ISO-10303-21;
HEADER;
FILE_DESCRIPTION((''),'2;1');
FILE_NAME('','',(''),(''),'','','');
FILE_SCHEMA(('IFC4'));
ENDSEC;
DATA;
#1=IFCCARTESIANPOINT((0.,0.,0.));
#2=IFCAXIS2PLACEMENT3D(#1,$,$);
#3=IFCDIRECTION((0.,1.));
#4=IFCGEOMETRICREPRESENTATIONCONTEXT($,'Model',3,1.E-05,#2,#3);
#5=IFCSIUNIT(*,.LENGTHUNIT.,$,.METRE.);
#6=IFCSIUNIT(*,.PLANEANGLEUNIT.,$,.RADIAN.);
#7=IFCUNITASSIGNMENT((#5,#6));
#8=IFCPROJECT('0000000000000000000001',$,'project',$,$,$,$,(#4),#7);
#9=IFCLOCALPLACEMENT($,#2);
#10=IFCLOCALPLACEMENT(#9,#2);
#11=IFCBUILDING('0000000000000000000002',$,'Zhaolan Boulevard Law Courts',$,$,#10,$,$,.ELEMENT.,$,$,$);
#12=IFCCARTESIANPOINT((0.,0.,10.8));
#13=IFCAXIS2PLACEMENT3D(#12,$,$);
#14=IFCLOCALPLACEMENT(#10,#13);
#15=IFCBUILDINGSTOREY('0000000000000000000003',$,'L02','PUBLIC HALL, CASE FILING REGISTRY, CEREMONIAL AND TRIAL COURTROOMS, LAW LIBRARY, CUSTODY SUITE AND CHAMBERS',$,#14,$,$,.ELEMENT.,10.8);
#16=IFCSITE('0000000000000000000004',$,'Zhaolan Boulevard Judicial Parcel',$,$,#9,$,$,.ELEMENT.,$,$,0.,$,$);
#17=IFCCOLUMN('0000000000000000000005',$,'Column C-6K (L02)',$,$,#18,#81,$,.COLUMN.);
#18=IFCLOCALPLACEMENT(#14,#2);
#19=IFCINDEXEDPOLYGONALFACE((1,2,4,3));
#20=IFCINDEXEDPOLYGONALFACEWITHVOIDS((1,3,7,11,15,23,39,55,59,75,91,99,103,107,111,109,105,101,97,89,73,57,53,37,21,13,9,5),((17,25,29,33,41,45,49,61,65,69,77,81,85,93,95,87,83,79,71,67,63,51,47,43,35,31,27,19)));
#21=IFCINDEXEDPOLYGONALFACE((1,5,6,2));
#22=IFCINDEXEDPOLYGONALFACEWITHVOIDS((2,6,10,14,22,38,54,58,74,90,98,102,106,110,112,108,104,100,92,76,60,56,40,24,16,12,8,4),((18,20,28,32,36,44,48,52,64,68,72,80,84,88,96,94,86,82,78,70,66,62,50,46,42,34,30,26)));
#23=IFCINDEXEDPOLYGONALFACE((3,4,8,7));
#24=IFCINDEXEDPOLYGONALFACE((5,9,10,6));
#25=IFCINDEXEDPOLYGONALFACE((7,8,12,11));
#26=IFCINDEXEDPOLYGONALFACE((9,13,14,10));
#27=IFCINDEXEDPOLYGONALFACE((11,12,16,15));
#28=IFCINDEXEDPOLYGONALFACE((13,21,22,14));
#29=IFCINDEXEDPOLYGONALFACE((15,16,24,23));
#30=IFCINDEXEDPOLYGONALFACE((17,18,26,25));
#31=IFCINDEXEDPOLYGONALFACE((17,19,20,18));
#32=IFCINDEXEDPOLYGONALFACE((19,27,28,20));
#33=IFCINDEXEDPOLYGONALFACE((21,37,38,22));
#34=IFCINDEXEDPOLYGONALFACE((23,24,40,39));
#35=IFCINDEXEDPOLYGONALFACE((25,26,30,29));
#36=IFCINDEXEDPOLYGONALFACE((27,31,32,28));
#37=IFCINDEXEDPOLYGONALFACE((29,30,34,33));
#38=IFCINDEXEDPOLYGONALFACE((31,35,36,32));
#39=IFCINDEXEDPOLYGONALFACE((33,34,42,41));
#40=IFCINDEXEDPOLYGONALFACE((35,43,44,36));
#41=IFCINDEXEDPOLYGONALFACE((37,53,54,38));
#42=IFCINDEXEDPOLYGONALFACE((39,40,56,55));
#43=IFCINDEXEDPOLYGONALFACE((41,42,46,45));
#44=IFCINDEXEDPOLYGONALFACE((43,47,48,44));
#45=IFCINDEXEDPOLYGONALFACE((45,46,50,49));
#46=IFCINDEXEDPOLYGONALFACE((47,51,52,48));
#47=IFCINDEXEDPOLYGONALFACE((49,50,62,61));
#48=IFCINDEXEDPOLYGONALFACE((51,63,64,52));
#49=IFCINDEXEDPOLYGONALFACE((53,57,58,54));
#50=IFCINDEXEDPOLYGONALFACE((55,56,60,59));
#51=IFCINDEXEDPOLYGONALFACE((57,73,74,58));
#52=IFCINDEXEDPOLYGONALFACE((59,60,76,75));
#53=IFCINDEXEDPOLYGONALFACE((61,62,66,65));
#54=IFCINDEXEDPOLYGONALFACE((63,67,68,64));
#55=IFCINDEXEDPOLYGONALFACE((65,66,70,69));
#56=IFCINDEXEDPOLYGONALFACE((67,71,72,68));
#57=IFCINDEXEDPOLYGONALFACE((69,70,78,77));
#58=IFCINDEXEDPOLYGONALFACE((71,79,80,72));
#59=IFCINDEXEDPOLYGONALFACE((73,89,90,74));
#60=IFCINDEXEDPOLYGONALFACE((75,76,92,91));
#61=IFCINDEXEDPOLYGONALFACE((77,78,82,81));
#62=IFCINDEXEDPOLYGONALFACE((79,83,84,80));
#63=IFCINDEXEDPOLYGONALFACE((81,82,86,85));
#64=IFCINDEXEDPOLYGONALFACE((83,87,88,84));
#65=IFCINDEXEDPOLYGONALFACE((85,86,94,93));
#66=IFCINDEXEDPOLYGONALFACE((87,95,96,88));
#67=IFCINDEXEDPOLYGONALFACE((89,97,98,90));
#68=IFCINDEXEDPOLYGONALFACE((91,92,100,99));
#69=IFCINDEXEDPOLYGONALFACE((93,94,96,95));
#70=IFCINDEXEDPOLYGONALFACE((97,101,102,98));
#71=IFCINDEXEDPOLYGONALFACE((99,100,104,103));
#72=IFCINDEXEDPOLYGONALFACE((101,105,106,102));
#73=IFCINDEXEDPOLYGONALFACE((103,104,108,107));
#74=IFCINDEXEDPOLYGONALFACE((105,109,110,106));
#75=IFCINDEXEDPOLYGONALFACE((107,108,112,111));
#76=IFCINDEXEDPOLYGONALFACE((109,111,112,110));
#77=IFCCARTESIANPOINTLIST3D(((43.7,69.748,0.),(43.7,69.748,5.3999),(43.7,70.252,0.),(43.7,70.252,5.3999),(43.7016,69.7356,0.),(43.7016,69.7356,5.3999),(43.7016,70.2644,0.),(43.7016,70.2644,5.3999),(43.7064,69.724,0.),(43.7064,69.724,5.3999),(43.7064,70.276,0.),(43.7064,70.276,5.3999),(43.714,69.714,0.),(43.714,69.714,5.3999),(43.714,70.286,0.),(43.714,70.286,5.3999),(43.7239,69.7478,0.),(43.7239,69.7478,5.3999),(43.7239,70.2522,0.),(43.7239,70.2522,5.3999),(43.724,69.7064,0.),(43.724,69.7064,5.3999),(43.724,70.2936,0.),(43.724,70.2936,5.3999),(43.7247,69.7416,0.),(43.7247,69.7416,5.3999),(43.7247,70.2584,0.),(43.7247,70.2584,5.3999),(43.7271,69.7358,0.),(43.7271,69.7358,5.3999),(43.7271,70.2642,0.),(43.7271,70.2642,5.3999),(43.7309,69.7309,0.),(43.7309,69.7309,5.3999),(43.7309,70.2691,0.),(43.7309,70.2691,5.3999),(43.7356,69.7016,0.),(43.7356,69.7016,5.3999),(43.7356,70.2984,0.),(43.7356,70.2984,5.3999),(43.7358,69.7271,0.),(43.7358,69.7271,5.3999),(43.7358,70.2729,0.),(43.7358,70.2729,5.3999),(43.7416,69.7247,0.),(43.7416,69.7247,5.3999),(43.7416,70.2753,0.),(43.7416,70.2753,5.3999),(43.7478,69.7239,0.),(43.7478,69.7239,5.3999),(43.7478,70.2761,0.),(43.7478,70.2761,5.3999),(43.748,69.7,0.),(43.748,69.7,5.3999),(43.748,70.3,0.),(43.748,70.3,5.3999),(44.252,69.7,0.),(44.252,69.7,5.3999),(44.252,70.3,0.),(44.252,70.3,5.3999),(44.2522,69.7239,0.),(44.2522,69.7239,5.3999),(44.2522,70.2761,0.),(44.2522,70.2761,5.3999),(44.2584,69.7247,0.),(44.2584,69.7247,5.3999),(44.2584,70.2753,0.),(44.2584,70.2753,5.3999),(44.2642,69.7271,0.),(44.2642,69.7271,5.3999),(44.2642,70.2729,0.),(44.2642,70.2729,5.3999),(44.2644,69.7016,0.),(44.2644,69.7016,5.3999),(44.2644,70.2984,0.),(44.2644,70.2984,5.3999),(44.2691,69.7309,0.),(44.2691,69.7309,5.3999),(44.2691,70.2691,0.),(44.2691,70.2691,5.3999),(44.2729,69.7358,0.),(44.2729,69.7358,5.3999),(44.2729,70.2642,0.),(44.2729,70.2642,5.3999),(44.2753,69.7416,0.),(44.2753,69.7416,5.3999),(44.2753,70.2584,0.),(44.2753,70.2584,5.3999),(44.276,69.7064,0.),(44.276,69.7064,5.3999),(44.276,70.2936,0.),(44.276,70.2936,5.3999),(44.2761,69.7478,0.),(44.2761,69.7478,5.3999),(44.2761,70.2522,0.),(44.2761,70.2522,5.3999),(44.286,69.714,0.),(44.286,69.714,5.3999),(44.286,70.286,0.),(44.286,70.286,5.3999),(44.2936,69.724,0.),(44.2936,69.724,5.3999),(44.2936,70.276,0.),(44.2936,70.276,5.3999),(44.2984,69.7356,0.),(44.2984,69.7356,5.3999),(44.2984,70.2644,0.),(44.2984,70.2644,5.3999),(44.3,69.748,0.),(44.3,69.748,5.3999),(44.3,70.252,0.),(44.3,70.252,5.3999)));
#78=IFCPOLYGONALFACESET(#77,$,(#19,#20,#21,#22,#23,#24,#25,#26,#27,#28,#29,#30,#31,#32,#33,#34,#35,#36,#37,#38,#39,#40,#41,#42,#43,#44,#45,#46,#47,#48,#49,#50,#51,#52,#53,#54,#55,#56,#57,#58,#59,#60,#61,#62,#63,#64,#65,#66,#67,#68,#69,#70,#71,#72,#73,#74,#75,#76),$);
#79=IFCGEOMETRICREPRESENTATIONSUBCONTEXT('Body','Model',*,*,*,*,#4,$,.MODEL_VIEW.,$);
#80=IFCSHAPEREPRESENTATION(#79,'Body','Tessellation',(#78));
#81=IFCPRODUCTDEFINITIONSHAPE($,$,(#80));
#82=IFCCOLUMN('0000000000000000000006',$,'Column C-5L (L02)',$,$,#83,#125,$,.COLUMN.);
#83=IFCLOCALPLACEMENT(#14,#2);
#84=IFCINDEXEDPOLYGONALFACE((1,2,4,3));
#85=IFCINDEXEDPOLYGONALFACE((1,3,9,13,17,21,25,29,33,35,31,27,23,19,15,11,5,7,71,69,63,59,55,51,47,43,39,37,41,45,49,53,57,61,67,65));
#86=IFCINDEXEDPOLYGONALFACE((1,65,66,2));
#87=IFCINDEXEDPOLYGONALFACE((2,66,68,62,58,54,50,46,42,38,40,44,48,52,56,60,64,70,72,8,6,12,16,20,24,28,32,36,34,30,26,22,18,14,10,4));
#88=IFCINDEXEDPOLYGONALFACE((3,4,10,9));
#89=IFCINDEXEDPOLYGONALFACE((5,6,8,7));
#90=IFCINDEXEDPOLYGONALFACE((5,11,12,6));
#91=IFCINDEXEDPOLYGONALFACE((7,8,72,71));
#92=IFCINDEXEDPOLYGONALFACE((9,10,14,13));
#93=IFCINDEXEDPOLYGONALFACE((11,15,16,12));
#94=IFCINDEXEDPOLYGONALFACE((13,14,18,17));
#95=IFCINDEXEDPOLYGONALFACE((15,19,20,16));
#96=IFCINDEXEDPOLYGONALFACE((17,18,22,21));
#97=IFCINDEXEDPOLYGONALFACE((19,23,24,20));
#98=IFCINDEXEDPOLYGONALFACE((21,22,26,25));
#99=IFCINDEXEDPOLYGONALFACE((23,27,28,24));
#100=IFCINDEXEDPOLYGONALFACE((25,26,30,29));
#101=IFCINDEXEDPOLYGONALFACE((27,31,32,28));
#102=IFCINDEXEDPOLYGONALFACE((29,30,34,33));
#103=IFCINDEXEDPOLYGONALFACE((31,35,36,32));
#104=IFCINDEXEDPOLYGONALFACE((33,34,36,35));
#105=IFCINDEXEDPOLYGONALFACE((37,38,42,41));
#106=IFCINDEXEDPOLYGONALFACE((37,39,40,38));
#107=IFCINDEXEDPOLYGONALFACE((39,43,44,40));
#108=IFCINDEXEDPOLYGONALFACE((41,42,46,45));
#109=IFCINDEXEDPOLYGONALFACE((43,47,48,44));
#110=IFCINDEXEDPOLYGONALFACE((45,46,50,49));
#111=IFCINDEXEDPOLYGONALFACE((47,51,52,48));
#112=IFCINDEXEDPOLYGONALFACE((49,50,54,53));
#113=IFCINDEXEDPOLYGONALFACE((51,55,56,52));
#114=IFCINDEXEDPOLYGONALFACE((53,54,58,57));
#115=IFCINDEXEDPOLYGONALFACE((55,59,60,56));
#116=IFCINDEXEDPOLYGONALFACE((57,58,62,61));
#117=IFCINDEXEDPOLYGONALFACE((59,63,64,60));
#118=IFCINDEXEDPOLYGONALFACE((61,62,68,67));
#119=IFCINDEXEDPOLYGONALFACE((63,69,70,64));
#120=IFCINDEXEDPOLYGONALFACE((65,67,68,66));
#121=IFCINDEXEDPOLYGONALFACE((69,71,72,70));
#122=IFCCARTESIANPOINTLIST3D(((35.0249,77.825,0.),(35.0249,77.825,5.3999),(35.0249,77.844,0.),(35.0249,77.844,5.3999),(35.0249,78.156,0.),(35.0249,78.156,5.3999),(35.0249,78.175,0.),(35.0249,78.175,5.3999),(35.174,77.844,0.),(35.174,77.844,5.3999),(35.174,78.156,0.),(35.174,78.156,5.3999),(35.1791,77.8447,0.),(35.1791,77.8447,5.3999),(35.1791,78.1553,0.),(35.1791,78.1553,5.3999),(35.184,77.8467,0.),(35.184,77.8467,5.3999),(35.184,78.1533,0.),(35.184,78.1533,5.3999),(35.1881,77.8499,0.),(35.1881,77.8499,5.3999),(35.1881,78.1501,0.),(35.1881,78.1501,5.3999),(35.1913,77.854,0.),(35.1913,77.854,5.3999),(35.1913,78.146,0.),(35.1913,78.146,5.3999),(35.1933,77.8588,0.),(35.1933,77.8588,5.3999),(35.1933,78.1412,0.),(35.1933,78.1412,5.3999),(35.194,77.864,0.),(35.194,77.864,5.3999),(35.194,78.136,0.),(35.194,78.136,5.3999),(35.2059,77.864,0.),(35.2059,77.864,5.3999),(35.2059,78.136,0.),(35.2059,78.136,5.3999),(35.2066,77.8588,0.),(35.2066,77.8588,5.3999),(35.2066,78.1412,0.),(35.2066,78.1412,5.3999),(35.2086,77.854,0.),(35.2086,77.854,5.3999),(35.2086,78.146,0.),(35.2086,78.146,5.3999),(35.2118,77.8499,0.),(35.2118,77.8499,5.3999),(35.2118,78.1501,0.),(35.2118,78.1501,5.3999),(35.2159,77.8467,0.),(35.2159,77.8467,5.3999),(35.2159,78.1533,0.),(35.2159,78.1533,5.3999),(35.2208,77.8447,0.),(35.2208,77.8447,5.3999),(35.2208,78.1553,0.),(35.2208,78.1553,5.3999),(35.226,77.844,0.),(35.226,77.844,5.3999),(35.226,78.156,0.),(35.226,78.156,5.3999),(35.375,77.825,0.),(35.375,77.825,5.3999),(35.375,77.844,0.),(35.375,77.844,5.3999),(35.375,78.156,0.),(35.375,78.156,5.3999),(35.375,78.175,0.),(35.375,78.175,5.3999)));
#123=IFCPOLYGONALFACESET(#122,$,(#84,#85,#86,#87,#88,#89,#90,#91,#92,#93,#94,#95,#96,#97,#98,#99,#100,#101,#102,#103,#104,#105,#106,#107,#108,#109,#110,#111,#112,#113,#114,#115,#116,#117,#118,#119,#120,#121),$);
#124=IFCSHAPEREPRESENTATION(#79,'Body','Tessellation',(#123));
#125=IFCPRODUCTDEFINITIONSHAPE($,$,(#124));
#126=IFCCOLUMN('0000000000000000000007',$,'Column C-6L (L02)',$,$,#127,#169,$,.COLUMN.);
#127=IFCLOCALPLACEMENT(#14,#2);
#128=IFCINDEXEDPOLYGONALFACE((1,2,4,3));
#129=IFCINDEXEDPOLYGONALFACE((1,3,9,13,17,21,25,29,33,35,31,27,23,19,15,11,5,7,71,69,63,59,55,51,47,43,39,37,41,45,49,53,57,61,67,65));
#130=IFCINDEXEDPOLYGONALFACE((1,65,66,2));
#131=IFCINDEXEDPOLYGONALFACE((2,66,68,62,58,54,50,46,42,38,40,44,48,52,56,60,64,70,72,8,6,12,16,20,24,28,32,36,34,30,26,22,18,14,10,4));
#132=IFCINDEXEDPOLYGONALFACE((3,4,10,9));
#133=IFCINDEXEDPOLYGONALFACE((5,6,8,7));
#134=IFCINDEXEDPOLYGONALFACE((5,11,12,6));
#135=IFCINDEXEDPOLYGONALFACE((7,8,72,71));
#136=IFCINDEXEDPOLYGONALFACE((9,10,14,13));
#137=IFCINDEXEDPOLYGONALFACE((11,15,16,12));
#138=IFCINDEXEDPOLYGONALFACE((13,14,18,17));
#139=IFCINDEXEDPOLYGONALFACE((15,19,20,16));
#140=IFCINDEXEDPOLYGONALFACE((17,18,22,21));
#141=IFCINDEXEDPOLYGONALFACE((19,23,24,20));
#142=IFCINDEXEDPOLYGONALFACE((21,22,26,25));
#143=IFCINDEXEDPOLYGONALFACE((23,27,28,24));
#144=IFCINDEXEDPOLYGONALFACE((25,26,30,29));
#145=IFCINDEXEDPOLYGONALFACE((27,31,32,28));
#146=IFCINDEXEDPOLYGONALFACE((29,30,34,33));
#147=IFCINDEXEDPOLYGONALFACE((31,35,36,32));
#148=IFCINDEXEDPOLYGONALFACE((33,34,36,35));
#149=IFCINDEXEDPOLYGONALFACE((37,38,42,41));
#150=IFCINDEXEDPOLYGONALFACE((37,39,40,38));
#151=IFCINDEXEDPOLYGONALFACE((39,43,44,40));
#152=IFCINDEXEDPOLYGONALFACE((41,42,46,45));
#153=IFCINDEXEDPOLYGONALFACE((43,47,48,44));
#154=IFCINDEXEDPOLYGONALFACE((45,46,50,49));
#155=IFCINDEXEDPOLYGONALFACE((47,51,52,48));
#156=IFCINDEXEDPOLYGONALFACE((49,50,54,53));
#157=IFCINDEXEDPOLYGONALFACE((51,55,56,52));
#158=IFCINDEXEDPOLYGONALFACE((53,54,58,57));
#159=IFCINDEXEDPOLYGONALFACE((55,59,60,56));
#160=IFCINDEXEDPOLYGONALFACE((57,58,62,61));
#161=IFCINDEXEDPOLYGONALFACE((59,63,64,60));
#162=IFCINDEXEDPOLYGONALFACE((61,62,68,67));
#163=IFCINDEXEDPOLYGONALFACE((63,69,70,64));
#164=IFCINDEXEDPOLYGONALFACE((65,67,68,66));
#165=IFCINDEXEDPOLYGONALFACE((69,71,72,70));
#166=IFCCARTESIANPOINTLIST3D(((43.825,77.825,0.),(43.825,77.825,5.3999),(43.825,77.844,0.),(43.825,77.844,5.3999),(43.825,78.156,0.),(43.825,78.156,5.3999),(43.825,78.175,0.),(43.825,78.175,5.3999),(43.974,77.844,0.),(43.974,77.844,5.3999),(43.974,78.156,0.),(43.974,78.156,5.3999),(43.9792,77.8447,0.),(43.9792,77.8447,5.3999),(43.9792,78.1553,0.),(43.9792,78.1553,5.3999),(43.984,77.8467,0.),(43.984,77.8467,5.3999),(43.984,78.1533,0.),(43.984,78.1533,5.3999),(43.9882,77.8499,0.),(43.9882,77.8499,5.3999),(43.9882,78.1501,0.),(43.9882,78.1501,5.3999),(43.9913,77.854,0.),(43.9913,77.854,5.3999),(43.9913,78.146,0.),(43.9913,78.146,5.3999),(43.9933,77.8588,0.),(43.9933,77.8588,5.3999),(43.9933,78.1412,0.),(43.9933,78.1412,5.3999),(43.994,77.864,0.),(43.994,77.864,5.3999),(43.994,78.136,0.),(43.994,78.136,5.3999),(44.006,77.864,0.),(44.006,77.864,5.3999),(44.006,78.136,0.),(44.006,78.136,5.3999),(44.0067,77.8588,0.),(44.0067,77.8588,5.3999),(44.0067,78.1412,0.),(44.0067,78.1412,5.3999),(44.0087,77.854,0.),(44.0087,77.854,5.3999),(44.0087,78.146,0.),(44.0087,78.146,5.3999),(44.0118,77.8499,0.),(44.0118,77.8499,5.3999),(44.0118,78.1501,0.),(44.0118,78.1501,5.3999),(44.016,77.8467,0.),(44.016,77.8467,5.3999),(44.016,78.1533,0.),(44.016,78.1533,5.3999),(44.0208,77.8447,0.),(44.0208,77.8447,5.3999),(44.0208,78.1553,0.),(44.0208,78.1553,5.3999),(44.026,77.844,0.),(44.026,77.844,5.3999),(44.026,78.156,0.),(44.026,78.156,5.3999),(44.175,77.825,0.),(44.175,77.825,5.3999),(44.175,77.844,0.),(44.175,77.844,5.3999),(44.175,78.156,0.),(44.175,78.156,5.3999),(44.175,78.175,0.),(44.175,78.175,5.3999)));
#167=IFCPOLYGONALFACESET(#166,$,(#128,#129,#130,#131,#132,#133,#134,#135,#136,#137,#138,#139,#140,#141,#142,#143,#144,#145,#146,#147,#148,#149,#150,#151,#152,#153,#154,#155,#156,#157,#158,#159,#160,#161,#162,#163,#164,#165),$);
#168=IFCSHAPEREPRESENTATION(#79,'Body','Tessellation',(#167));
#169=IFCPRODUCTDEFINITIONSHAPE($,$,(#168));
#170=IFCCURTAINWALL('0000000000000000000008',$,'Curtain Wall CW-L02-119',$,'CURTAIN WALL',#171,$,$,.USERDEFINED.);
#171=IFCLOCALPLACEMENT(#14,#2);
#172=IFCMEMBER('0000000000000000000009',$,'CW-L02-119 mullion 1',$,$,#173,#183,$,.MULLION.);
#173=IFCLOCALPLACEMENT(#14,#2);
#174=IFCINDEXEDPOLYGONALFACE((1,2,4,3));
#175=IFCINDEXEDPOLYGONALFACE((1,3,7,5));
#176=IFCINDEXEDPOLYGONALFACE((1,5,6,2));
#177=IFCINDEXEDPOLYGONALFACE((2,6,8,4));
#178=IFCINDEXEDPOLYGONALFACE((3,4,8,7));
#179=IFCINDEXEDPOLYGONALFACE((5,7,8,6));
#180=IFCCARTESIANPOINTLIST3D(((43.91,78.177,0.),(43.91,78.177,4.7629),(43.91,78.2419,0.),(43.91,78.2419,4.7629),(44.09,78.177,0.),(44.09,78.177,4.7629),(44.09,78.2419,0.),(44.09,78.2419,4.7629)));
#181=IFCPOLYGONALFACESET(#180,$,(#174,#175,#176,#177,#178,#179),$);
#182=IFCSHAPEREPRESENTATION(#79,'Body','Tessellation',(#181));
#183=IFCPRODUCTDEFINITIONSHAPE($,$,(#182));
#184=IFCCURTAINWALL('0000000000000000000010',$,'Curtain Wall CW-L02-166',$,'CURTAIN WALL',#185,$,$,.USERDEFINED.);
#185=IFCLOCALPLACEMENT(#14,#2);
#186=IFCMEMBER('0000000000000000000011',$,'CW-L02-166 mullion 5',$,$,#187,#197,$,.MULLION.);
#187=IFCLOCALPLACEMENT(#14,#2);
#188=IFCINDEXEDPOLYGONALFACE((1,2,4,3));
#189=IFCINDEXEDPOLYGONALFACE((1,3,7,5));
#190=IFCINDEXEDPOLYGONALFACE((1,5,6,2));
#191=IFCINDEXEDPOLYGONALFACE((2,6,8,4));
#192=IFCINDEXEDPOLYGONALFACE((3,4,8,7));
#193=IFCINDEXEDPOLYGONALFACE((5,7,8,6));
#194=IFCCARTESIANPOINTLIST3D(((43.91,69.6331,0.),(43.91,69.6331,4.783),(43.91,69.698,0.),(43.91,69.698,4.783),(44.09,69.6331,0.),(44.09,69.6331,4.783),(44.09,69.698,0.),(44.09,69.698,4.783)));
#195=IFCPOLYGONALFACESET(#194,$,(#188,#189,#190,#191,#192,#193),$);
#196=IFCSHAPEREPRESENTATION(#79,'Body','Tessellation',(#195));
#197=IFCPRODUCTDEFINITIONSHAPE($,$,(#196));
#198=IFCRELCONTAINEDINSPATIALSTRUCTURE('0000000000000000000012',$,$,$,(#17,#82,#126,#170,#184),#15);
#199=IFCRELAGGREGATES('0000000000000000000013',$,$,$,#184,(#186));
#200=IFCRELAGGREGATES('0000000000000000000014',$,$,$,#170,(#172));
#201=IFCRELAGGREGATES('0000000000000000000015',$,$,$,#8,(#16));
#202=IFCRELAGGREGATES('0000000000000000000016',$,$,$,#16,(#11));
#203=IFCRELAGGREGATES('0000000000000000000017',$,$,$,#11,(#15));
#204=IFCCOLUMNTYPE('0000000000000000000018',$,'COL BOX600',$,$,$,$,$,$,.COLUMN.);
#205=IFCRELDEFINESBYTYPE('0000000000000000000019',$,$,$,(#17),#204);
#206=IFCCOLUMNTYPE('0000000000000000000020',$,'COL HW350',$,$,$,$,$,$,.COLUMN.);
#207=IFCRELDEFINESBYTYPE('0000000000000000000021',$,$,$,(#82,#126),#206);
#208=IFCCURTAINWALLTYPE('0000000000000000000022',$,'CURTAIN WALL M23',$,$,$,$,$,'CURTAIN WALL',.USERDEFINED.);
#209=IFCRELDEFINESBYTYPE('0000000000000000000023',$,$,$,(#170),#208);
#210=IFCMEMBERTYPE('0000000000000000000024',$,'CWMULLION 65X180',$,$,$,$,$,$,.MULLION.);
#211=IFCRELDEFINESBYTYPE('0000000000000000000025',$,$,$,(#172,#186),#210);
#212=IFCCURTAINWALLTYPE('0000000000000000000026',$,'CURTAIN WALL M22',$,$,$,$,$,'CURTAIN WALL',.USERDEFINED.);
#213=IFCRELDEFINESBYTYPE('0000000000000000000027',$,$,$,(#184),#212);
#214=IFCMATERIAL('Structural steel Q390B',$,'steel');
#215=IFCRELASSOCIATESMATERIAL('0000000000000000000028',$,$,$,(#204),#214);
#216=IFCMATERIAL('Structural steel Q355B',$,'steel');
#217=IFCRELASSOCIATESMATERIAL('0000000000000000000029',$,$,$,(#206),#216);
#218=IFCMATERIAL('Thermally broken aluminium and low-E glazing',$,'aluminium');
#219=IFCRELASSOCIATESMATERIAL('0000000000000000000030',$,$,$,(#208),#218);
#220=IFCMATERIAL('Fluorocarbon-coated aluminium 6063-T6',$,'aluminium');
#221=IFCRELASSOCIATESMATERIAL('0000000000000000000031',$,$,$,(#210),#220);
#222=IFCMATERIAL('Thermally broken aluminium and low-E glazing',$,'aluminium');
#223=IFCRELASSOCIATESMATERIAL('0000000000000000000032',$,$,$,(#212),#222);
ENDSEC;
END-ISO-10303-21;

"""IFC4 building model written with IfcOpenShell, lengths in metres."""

from ifc_helpers import new_model, si_unit, direction, frame, origin, origin_2d, place, context, subcontext, project, spatial, rectangle, hollow_rectangle, i_section, extrude, material, material_profile, profile_set, type_object, element, aggregate, save


model = new_model("IFC4")

# Units and contexts
model_context = context("Model", 3, precision=1e-05, world=origin(), true_north=direction((0.0, 1.0)))
body_context = subcontext(model_context, "Body", "Model", "MODEL_VIEW")
ifc_project = project(units=[si_unit("LENGTHUNIT", "METRE"), si_unit("PLANEANGLEUNIT", "RADIAN")], contexts=[model_context])

# Site, building, storey
site_placement = place(None, origin())
site = spatial("IfcSite", under=ifc_project, at=site_placement, Name="Zhaolan Boulevard Judicial Parcel", CompositionType="ELEMENT", RefElevation=0.0)
building_placement = place(site_placement, origin())
building = spatial("IfcBuilding", under=site, at=building_placement, Name="Zhaolan Boulevard Law Courts", CompositionType="ELEMENT")
storey_placement = place(building_placement, frame((0.0, 0.0, 10.8)))
storey = spatial("IfcBuildingStorey", under=building, at=storey_placement, Name="L02", Description="PUBLIC HALL, CASE FILING REGISTRY, CEREMONIAL AND TRIAL COURTROOMS, LAW LIBRARY, CUSTODY SUITE AND CHAMBERS", CompositionType="ELEMENT", Elevation=10.8)

# Columns
ifc_material_1 = material(Name="Structural steel Q390B", Category="steel")
ifc_material_profile_1 = material_profile(ifc_material_1, hollow_rectangle(XDim=0.6001, YDim=0.6001, WallThickness=0.0239, InnerFilletRadius=0.0239, OuterFilletRadius=0.0481, at=origin_2d()), Name="BOX600x600x24")
ifc_profile_set_1 = profile_set([ifc_material_profile_1], Name="Structural steel Q390B")
column_type_1 = type_object("IfcColumnType", Name="COL BOX600", PredefinedType="COLUMN", material=ifc_profile_set_1)
column_placement = place(storey_placement, frame((44.0, 70.0, 0.0), z_axis=(0.0, 0.0, 1.0), x_axis=(1.0, 0.0, 0.0)))
element("IfcColumn", 1, at=column_placement, inside=storey, type_object=column_type_1, Name="Column C-6K (L02)", PredefinedType="COLUMN", context=body_context, shape_type="SweptSolid", body=[
    extrude(hollow_rectangle(XDim=0.6001, YDim=0.6001, WallThickness=0.0239, InnerFilletRadius=0.0239, OuterFilletRadius=0.0481, at=origin_2d()), origin(), (0.0, 0.0, 1.0), 5.3999),
])
ifc_material_2 = material(Name="Structural steel Q355B", Category="steel")
ifc_material_profile_2 = material_profile(ifc_material_2, i_section(OverallWidth=0.3501, OverallDepth=0.3501, WebThickness=0.012, FlangeThickness=0.019, FilletRadius=0.02, at=origin_2d()), Name="HW350x350")
ifc_profile_set_2 = profile_set([ifc_material_profile_2], Name="Structural steel Q355B")
column_type_2 = type_object("IfcColumnType", Name="COL HW350", PredefinedType="COLUMN", material=ifc_profile_set_2)
for number, where, z_axis, x_axis, name in (
    (2, (35.2, 78.0, 0.0), (0.0, 0.0, 1.0), (1.0, 0.0, 0.0), "Column C-5L (L02)"),
    (3, (44.0, 78.0, 0.0), (0.0, 0.0, 1.0), (1.0, 0.0, 0.0), "Column C-6L (L02)"),
):
    element("IfcColumn", number, at=place(storey_placement, frame(where, z_axis=z_axis, x_axis=x_axis)), inside=storey, type_object=column_type_2, Name=name, PredefinedType="COLUMN", context=body_context, shape_type="SweptSolid", body=[
        extrude(i_section(OverallWidth=0.3501, OverallDepth=0.3501, WebThickness=0.012, FlangeThickness=0.019, FilletRadius=0.02, at=origin_2d()), origin(), (0.0, 0.0, 1.0), 5.3999),
    ])

# Curtain walls, members
ifc_material_3 = material(Name="Thermally broken aluminium and low-E glazing", Category="aluminium")
curtain_wall_type_1 = type_object("IfcCurtainWallType", Name="CURTAIN WALL M23", ElementType="CURTAIN WALL", PredefinedType="USERDEFINED", material=ifc_material_3)
curtain_wall_1_placement = place(storey_placement, origin())
curtain_wall_1 = element("IfcCurtainWall", 4, at=curtain_wall_1_placement, inside=storey, type_object=curtain_wall_type_1, Name="Curtain Wall CW-L02-119", ObjectType="CURTAIN WALL", PredefinedType="USERDEFINED")
ifc_material_4 = material(Name="Fluorocarbon-coated aluminium 6063-T6", Category="aluminium")
ifc_material_profile_3 = material_profile(ifc_material_4, rectangle(XDim=0.1799, YDim=0.0649, at=origin_2d()), Name="AL65x180")
ifc_profile_set_3 = profile_set([ifc_material_profile_3], Name="Fluorocarbon-coated aluminium 6063-T6")
member_type_1 = type_object("IfcMemberType", Name="CWMULLION 65X180", PredefinedType="MULLION", material=ifc_profile_set_3)
member_1_placement = place(storey_placement, frame((44.0, 78.2095, 0.0), z_axis=(0.0, 0.0, 1.0), x_axis=(-1.0, 0.0, 0.0)))
member_1 = element("IfcMember", 5, at=member_1_placement, type_object=member_type_1, Name="CW-L02-119 mullion 1", PredefinedType="MULLION", context=body_context, shape_type="SweptSolid", body=[
    extrude(rectangle(XDim=0.1799, YDim=0.0649, at=origin_2d()), origin(), (0.0, 0.0, 1.0), 4.7629),
])
ifc_material_5 = material(Name="Thermally broken aluminium and low-E glazing", Category="aluminium")
curtain_wall_type_2 = type_object("IfcCurtainWallType", Name="CURTAIN WALL M22", ElementType="CURTAIN WALL", PredefinedType="USERDEFINED", material=ifc_material_5)
curtain_wall_2_placement = place(storey_placement, origin())
curtain_wall_2 = element("IfcCurtainWall", 6, at=curtain_wall_2_placement, inside=storey, type_object=curtain_wall_type_2, Name="Curtain Wall CW-L02-166", ObjectType="CURTAIN WALL", PredefinedType="USERDEFINED")
member_2_placement = place(storey_placement, frame((44.0, 69.6655, 0.0), z_axis=(0.0, 0.0, 1.0), x_axis=(-1.0, 0.0, 0.0)))
member_2 = element("IfcMember", 7, at=member_2_placement, type_object=member_type_1, Name="CW-L02-166 mullion 5", PredefinedType="MULLION", context=body_context, shape_type="SweptSolid", body=[
    extrude(rectangle(XDim=0.1799, YDim=0.0649, at=origin_2d()), origin(), (0.0, 0.0, 1.0), 4.783),
])
aggregate(curtain_wall_2, [member_2])

aggregate(curtain_wall_1, [member_1])

save(model, "model.ifc")
